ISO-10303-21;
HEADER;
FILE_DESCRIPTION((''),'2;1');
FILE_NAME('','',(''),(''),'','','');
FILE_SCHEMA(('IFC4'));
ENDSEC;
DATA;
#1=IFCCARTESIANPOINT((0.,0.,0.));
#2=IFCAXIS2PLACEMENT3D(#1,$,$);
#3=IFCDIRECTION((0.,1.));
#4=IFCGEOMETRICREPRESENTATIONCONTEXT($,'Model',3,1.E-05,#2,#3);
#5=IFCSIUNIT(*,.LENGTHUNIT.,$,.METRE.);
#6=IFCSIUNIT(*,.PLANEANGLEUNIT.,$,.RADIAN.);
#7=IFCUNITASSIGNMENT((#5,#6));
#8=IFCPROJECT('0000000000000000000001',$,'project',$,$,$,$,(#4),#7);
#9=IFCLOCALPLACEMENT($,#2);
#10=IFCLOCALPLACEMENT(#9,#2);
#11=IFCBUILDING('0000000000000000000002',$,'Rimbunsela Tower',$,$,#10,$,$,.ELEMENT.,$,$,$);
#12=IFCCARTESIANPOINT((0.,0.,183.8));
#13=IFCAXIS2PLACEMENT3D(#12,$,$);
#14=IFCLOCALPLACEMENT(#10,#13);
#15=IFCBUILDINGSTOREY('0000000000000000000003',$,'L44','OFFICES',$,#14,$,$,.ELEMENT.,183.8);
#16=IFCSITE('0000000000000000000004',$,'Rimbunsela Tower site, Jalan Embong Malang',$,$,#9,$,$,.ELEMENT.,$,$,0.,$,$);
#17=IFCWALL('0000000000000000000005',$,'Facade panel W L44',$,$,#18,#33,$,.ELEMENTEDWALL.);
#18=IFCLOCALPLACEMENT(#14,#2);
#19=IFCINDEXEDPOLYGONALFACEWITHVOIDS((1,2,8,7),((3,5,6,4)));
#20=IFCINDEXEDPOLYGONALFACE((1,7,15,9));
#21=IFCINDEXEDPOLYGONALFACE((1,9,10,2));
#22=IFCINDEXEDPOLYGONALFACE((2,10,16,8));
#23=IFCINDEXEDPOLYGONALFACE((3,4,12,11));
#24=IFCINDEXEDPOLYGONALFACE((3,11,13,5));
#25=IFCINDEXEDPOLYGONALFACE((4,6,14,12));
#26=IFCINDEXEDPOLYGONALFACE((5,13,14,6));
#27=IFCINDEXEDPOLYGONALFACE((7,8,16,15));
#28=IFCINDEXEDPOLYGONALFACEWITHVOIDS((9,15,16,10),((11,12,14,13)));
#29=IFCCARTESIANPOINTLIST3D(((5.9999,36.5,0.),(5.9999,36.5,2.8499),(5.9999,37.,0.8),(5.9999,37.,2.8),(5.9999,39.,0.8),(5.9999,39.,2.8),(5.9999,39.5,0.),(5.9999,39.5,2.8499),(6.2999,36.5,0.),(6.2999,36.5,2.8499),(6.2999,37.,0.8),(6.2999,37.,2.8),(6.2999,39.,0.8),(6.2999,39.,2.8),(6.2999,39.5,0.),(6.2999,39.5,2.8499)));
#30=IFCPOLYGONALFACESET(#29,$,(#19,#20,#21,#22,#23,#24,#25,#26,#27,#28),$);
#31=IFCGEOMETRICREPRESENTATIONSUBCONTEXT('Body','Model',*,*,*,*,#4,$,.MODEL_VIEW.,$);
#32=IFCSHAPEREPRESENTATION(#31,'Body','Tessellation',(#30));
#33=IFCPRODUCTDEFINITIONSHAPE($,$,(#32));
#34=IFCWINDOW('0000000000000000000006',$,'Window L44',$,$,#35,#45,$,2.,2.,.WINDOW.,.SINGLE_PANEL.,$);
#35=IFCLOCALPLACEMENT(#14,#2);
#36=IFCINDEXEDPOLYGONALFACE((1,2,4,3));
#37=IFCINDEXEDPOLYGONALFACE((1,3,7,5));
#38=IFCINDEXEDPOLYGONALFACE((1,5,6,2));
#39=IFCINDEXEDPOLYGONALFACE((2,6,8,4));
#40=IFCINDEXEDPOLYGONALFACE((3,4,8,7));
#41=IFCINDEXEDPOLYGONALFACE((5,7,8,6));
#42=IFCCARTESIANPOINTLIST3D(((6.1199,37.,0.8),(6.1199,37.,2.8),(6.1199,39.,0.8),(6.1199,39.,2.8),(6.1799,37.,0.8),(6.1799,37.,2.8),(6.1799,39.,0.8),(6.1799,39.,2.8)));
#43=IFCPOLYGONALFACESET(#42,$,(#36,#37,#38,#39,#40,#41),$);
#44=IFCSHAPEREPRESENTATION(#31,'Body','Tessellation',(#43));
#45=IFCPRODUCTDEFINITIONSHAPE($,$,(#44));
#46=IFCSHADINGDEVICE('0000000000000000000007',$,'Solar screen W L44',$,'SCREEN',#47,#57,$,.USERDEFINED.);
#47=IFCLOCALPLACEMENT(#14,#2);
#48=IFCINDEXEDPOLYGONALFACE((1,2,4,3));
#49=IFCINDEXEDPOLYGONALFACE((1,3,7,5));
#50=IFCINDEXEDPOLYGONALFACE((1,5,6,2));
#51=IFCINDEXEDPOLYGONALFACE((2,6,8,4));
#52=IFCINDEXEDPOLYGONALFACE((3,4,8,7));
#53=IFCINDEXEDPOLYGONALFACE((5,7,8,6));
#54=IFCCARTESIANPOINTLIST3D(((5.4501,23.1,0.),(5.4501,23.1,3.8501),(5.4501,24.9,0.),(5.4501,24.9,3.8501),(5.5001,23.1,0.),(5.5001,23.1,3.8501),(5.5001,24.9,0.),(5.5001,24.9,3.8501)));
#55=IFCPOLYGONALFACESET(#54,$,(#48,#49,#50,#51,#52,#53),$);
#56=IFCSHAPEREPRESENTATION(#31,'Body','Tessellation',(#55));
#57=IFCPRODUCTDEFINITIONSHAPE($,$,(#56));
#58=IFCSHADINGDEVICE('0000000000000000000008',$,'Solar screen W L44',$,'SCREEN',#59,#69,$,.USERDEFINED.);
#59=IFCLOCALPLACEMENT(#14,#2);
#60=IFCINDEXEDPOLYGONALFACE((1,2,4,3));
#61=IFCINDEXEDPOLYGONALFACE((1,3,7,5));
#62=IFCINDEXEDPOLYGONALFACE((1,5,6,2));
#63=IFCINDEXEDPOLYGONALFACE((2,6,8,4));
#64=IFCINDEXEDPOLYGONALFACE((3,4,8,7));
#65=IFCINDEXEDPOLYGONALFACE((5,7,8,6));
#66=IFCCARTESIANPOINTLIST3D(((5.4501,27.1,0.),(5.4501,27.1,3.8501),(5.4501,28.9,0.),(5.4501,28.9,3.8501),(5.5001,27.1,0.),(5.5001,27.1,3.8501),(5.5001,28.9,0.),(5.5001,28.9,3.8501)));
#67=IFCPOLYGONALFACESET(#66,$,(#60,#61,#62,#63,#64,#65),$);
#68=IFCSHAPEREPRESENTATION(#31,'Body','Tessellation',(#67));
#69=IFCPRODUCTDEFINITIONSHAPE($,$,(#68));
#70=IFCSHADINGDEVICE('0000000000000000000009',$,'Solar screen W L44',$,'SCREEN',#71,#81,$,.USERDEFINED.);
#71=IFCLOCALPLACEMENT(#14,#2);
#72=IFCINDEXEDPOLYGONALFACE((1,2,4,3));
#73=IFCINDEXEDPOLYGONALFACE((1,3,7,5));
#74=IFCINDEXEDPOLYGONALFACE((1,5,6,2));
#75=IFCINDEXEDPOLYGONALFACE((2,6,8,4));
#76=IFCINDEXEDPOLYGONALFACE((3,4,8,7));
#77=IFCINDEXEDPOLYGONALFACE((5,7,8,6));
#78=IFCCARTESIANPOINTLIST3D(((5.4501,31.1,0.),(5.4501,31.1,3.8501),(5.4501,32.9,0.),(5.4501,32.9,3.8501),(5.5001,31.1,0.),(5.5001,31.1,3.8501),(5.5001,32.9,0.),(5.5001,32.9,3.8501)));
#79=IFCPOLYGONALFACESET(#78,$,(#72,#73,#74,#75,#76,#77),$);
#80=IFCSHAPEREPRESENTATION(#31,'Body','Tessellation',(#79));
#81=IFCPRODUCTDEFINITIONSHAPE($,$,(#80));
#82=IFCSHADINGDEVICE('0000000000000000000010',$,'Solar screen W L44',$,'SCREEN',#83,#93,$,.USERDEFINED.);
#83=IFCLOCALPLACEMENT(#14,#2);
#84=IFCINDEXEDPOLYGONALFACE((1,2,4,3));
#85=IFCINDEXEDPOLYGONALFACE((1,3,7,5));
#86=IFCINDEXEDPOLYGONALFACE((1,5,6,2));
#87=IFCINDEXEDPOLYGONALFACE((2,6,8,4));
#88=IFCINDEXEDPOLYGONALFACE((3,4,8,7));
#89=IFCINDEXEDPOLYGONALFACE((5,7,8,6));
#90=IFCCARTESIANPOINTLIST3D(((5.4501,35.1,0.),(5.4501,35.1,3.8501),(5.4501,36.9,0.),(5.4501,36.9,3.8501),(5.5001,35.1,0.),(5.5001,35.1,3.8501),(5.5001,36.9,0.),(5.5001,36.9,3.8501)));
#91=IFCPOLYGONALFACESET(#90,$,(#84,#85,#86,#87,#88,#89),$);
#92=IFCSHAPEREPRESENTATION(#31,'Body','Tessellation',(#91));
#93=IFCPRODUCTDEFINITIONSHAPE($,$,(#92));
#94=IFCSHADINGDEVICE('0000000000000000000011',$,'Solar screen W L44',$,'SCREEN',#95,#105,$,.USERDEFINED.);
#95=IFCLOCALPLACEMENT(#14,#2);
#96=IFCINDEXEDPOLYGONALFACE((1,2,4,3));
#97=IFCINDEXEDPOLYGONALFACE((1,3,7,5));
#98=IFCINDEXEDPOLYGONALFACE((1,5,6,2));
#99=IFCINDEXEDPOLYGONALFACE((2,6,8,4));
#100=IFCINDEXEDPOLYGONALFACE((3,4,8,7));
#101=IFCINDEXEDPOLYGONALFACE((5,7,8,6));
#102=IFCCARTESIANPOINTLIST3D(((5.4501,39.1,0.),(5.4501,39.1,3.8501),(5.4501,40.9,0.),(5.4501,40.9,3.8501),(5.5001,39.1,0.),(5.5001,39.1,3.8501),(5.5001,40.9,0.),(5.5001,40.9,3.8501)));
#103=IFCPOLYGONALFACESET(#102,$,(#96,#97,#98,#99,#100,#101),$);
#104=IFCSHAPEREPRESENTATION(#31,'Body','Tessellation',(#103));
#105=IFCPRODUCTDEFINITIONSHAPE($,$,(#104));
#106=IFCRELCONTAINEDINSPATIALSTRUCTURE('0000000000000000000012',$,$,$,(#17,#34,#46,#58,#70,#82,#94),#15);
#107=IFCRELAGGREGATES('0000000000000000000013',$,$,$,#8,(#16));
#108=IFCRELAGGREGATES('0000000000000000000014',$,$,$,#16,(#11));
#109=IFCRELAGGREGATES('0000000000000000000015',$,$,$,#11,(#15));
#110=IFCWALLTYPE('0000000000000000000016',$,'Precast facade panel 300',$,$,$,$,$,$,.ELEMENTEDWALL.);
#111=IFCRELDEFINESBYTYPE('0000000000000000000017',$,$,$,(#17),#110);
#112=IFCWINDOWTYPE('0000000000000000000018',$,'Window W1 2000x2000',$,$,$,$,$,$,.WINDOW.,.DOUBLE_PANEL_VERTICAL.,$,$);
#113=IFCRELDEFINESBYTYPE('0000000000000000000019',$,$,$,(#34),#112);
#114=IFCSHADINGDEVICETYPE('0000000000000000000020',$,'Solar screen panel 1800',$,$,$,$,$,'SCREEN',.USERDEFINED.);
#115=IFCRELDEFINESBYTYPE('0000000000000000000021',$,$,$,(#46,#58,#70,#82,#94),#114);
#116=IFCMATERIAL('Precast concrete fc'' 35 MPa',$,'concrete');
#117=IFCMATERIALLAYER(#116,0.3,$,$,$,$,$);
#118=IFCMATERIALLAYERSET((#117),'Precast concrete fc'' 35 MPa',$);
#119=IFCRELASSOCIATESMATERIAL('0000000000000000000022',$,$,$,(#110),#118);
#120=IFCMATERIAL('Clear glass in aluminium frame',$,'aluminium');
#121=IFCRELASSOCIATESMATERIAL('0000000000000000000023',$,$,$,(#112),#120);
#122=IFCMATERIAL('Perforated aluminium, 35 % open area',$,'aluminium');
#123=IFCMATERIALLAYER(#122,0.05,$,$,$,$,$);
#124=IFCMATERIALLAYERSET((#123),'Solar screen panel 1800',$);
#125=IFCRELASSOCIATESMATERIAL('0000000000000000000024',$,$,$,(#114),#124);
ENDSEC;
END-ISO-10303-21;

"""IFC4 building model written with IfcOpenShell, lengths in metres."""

from ifc_helpers import new_model, si_unit, direction, frame, frame_2d, origin, origin_2d, place, context, subcontext, project, spatial, rectangle, extrude, material, layer, layer_set, type_object, element, fill, save


model = new_model("IFC4")

# Units and contexts
model_context = context("Model", 3, precision=1e-05, world=origin(), true_north=direction((0.0, 1.0)))
body_context = subcontext(model_context, "Body", "Model", "MODEL_VIEW")
ifc_project = project(units=[si_unit("LENGTHUNIT", "METRE"), si_unit("PLANEANGLEUNIT", "RADIAN")], contexts=[model_context])

# Site, building, storey
site_placement = place(None, origin())
site = spatial("IfcSite", under=ifc_project, at=site_placement, Name="Rimbunsela Tower site, Jalan Embong Malang", CompositionType="ELEMENT", RefElevation=0.0)
building_placement = place(site_placement, origin())
building = spatial("IfcBuilding", under=site, at=building_placement, Name="Rimbunsela Tower", CompositionType="ELEMENT")
storey_placement = place(building_placement, frame((0.0, 0.0, 183.8)))
storey = spatial("IfcBuildingStorey", under=building, at=storey_placement, Name="L44", Description="OFFICES", CompositionType="ELEMENT", Elevation=183.8)

# Wall, opening, window
ifc_material_1 = material(Name="Precast concrete fc' 35 MPa", Category="concrete")
ifc_layer_1 = layer(ifc_material_1, 0.3)
ifc_layer_set_1 = layer_set([ifc_layer_1], Name="Precast concrete fc' 35 MPa")
wall_type = type_object("IfcWallType", Name="Precast facade panel 300", PredefinedType="ELEMENTEDWALL", material=ifc_layer_set_1)
ifc_material_2 = material(Name="Clear glass in aluminium frame", Category="aluminium")
window_type = type_object("IfcWindowType", Name="Window W1 2000x2000", PartitioningType="DOUBLE_PANEL_VERTICAL", PredefinedType="WINDOW", material=ifc_material_2)
wall_1_placement = place(storey_placement, frame((6.1499, 39.5, 0.0), z_axis=(0.0, 0.0, 1.0), x_axis=(0.0, -1.0, 0.0)))
wall_1 = element("IfcWall", 1, at=wall_1_placement, inside=storey, type_object=wall_type, Name="Facade panel W L44", PredefinedType="ELEMENTEDWALL", context=body_context, shape_type="SweptSolid", body=[
    extrude(rectangle(XDim=3.0, YDim=0.3, at=frame_2d((1.5, 0.0))), origin(), (0.0, 0.0, 1.0), 2.8499),
])
opening_1_placement = place(wall_1_placement, frame((0.5, 0.0, 0.8)))
opening_1 = element("IfcOpeningElement", 2, at=opening_1_placement, cuts=wall_1, PredefinedType="OPENING", context=body_context, shape_type="SweptSolid", body=[
    extrude(rectangle(XDim=2.0, YDim=2.0, at=frame_2d((1.0, 1.0))), frame((0.0, 0.1599, 0.0), z_axis=(0.0, -1.0, 0.0), x_axis=(1.0, 0.0, 0.0)), (0.0, 0.0, 1.0), 0.3201),
])
window_1_placement = place(opening_1_placement, origin())
window_1 = element("IfcWindow", 3, at=window_1_placement, inside=storey, type_object=window_type, Name="Window L44", OverallHeight=2.0, OverallWidth=2.0, PartitioningType="SINGLE_PANEL", PredefinedType="WINDOW", context=body_context, shape_type="SweptSolid", body=[
    extrude(rectangle(XDim=2.0, YDim=2.0, at=frame_2d((1.0, 1.0))), frame((0.0, 0.03, 0.0), z_axis=(0.0, -1.0, 0.0), x_axis=(1.0, 0.0, 0.0)), (0.0, 0.0, 1.0), 0.0601),
])
fill(opening_1, window_1)

# Shading devices
ifc_material_3 = material(Name="Perforated aluminium, 35 % open area", Category="aluminium")
ifc_layer_2 = layer(ifc_material_3, 0.05)
ifc_layer_set_2 = layer_set([ifc_layer_2], Name="Solar screen panel 1800")
shading_device_type = type_object("IfcShadingDeviceType", Name="Solar screen panel 1800", ElementType="SCREEN", PredefinedType="USERDEFINED", material=ifc_layer_set_2)
for number, where, z_axis, x_axis, name in (
    (4, (5.4751, 24.0, 0.0), (0.0, 0.0, 1.0), (0.0, 1.0, 0.0), "Solar screen W L44"),
    (5, (5.4751, 28.0, 0.0), (0.0, 0.0, 1.0), (0.0, 1.0, 0.0), "Solar screen W L44"),
    (6, (5.4751, 32.0, 0.0), (0.0, 0.0, 1.0), (0.0, 1.0, 0.0), "Solar screen W L44"),
    (7, (5.4751, 36.0, 0.0), (0.0, 0.0, 1.0), (0.0, 1.0, 0.0), "Solar screen W L44"),
    (8, (5.4751, 40.0, 0.0), (0.0, 0.0, 1.0), (0.0, 1.0, 0.0), "Solar screen W L44"),
):
    element("IfcShadingDevice", number, at=place(storey_placement, frame(where, z_axis=z_axis, x_axis=x_axis)), inside=storey, type_object=shading_device_type, Name=name, ObjectType="SCREEN", PredefinedType="USERDEFINED", context=body_context, shape_type="SweptSolid", body=[
        extrude(rectangle(XDim=1.8, YDim=0.05, at=origin_2d()), origin(), (0.0, 0.0, 1.0), 3.8501),
    ])

save(model, "model.ifc")
